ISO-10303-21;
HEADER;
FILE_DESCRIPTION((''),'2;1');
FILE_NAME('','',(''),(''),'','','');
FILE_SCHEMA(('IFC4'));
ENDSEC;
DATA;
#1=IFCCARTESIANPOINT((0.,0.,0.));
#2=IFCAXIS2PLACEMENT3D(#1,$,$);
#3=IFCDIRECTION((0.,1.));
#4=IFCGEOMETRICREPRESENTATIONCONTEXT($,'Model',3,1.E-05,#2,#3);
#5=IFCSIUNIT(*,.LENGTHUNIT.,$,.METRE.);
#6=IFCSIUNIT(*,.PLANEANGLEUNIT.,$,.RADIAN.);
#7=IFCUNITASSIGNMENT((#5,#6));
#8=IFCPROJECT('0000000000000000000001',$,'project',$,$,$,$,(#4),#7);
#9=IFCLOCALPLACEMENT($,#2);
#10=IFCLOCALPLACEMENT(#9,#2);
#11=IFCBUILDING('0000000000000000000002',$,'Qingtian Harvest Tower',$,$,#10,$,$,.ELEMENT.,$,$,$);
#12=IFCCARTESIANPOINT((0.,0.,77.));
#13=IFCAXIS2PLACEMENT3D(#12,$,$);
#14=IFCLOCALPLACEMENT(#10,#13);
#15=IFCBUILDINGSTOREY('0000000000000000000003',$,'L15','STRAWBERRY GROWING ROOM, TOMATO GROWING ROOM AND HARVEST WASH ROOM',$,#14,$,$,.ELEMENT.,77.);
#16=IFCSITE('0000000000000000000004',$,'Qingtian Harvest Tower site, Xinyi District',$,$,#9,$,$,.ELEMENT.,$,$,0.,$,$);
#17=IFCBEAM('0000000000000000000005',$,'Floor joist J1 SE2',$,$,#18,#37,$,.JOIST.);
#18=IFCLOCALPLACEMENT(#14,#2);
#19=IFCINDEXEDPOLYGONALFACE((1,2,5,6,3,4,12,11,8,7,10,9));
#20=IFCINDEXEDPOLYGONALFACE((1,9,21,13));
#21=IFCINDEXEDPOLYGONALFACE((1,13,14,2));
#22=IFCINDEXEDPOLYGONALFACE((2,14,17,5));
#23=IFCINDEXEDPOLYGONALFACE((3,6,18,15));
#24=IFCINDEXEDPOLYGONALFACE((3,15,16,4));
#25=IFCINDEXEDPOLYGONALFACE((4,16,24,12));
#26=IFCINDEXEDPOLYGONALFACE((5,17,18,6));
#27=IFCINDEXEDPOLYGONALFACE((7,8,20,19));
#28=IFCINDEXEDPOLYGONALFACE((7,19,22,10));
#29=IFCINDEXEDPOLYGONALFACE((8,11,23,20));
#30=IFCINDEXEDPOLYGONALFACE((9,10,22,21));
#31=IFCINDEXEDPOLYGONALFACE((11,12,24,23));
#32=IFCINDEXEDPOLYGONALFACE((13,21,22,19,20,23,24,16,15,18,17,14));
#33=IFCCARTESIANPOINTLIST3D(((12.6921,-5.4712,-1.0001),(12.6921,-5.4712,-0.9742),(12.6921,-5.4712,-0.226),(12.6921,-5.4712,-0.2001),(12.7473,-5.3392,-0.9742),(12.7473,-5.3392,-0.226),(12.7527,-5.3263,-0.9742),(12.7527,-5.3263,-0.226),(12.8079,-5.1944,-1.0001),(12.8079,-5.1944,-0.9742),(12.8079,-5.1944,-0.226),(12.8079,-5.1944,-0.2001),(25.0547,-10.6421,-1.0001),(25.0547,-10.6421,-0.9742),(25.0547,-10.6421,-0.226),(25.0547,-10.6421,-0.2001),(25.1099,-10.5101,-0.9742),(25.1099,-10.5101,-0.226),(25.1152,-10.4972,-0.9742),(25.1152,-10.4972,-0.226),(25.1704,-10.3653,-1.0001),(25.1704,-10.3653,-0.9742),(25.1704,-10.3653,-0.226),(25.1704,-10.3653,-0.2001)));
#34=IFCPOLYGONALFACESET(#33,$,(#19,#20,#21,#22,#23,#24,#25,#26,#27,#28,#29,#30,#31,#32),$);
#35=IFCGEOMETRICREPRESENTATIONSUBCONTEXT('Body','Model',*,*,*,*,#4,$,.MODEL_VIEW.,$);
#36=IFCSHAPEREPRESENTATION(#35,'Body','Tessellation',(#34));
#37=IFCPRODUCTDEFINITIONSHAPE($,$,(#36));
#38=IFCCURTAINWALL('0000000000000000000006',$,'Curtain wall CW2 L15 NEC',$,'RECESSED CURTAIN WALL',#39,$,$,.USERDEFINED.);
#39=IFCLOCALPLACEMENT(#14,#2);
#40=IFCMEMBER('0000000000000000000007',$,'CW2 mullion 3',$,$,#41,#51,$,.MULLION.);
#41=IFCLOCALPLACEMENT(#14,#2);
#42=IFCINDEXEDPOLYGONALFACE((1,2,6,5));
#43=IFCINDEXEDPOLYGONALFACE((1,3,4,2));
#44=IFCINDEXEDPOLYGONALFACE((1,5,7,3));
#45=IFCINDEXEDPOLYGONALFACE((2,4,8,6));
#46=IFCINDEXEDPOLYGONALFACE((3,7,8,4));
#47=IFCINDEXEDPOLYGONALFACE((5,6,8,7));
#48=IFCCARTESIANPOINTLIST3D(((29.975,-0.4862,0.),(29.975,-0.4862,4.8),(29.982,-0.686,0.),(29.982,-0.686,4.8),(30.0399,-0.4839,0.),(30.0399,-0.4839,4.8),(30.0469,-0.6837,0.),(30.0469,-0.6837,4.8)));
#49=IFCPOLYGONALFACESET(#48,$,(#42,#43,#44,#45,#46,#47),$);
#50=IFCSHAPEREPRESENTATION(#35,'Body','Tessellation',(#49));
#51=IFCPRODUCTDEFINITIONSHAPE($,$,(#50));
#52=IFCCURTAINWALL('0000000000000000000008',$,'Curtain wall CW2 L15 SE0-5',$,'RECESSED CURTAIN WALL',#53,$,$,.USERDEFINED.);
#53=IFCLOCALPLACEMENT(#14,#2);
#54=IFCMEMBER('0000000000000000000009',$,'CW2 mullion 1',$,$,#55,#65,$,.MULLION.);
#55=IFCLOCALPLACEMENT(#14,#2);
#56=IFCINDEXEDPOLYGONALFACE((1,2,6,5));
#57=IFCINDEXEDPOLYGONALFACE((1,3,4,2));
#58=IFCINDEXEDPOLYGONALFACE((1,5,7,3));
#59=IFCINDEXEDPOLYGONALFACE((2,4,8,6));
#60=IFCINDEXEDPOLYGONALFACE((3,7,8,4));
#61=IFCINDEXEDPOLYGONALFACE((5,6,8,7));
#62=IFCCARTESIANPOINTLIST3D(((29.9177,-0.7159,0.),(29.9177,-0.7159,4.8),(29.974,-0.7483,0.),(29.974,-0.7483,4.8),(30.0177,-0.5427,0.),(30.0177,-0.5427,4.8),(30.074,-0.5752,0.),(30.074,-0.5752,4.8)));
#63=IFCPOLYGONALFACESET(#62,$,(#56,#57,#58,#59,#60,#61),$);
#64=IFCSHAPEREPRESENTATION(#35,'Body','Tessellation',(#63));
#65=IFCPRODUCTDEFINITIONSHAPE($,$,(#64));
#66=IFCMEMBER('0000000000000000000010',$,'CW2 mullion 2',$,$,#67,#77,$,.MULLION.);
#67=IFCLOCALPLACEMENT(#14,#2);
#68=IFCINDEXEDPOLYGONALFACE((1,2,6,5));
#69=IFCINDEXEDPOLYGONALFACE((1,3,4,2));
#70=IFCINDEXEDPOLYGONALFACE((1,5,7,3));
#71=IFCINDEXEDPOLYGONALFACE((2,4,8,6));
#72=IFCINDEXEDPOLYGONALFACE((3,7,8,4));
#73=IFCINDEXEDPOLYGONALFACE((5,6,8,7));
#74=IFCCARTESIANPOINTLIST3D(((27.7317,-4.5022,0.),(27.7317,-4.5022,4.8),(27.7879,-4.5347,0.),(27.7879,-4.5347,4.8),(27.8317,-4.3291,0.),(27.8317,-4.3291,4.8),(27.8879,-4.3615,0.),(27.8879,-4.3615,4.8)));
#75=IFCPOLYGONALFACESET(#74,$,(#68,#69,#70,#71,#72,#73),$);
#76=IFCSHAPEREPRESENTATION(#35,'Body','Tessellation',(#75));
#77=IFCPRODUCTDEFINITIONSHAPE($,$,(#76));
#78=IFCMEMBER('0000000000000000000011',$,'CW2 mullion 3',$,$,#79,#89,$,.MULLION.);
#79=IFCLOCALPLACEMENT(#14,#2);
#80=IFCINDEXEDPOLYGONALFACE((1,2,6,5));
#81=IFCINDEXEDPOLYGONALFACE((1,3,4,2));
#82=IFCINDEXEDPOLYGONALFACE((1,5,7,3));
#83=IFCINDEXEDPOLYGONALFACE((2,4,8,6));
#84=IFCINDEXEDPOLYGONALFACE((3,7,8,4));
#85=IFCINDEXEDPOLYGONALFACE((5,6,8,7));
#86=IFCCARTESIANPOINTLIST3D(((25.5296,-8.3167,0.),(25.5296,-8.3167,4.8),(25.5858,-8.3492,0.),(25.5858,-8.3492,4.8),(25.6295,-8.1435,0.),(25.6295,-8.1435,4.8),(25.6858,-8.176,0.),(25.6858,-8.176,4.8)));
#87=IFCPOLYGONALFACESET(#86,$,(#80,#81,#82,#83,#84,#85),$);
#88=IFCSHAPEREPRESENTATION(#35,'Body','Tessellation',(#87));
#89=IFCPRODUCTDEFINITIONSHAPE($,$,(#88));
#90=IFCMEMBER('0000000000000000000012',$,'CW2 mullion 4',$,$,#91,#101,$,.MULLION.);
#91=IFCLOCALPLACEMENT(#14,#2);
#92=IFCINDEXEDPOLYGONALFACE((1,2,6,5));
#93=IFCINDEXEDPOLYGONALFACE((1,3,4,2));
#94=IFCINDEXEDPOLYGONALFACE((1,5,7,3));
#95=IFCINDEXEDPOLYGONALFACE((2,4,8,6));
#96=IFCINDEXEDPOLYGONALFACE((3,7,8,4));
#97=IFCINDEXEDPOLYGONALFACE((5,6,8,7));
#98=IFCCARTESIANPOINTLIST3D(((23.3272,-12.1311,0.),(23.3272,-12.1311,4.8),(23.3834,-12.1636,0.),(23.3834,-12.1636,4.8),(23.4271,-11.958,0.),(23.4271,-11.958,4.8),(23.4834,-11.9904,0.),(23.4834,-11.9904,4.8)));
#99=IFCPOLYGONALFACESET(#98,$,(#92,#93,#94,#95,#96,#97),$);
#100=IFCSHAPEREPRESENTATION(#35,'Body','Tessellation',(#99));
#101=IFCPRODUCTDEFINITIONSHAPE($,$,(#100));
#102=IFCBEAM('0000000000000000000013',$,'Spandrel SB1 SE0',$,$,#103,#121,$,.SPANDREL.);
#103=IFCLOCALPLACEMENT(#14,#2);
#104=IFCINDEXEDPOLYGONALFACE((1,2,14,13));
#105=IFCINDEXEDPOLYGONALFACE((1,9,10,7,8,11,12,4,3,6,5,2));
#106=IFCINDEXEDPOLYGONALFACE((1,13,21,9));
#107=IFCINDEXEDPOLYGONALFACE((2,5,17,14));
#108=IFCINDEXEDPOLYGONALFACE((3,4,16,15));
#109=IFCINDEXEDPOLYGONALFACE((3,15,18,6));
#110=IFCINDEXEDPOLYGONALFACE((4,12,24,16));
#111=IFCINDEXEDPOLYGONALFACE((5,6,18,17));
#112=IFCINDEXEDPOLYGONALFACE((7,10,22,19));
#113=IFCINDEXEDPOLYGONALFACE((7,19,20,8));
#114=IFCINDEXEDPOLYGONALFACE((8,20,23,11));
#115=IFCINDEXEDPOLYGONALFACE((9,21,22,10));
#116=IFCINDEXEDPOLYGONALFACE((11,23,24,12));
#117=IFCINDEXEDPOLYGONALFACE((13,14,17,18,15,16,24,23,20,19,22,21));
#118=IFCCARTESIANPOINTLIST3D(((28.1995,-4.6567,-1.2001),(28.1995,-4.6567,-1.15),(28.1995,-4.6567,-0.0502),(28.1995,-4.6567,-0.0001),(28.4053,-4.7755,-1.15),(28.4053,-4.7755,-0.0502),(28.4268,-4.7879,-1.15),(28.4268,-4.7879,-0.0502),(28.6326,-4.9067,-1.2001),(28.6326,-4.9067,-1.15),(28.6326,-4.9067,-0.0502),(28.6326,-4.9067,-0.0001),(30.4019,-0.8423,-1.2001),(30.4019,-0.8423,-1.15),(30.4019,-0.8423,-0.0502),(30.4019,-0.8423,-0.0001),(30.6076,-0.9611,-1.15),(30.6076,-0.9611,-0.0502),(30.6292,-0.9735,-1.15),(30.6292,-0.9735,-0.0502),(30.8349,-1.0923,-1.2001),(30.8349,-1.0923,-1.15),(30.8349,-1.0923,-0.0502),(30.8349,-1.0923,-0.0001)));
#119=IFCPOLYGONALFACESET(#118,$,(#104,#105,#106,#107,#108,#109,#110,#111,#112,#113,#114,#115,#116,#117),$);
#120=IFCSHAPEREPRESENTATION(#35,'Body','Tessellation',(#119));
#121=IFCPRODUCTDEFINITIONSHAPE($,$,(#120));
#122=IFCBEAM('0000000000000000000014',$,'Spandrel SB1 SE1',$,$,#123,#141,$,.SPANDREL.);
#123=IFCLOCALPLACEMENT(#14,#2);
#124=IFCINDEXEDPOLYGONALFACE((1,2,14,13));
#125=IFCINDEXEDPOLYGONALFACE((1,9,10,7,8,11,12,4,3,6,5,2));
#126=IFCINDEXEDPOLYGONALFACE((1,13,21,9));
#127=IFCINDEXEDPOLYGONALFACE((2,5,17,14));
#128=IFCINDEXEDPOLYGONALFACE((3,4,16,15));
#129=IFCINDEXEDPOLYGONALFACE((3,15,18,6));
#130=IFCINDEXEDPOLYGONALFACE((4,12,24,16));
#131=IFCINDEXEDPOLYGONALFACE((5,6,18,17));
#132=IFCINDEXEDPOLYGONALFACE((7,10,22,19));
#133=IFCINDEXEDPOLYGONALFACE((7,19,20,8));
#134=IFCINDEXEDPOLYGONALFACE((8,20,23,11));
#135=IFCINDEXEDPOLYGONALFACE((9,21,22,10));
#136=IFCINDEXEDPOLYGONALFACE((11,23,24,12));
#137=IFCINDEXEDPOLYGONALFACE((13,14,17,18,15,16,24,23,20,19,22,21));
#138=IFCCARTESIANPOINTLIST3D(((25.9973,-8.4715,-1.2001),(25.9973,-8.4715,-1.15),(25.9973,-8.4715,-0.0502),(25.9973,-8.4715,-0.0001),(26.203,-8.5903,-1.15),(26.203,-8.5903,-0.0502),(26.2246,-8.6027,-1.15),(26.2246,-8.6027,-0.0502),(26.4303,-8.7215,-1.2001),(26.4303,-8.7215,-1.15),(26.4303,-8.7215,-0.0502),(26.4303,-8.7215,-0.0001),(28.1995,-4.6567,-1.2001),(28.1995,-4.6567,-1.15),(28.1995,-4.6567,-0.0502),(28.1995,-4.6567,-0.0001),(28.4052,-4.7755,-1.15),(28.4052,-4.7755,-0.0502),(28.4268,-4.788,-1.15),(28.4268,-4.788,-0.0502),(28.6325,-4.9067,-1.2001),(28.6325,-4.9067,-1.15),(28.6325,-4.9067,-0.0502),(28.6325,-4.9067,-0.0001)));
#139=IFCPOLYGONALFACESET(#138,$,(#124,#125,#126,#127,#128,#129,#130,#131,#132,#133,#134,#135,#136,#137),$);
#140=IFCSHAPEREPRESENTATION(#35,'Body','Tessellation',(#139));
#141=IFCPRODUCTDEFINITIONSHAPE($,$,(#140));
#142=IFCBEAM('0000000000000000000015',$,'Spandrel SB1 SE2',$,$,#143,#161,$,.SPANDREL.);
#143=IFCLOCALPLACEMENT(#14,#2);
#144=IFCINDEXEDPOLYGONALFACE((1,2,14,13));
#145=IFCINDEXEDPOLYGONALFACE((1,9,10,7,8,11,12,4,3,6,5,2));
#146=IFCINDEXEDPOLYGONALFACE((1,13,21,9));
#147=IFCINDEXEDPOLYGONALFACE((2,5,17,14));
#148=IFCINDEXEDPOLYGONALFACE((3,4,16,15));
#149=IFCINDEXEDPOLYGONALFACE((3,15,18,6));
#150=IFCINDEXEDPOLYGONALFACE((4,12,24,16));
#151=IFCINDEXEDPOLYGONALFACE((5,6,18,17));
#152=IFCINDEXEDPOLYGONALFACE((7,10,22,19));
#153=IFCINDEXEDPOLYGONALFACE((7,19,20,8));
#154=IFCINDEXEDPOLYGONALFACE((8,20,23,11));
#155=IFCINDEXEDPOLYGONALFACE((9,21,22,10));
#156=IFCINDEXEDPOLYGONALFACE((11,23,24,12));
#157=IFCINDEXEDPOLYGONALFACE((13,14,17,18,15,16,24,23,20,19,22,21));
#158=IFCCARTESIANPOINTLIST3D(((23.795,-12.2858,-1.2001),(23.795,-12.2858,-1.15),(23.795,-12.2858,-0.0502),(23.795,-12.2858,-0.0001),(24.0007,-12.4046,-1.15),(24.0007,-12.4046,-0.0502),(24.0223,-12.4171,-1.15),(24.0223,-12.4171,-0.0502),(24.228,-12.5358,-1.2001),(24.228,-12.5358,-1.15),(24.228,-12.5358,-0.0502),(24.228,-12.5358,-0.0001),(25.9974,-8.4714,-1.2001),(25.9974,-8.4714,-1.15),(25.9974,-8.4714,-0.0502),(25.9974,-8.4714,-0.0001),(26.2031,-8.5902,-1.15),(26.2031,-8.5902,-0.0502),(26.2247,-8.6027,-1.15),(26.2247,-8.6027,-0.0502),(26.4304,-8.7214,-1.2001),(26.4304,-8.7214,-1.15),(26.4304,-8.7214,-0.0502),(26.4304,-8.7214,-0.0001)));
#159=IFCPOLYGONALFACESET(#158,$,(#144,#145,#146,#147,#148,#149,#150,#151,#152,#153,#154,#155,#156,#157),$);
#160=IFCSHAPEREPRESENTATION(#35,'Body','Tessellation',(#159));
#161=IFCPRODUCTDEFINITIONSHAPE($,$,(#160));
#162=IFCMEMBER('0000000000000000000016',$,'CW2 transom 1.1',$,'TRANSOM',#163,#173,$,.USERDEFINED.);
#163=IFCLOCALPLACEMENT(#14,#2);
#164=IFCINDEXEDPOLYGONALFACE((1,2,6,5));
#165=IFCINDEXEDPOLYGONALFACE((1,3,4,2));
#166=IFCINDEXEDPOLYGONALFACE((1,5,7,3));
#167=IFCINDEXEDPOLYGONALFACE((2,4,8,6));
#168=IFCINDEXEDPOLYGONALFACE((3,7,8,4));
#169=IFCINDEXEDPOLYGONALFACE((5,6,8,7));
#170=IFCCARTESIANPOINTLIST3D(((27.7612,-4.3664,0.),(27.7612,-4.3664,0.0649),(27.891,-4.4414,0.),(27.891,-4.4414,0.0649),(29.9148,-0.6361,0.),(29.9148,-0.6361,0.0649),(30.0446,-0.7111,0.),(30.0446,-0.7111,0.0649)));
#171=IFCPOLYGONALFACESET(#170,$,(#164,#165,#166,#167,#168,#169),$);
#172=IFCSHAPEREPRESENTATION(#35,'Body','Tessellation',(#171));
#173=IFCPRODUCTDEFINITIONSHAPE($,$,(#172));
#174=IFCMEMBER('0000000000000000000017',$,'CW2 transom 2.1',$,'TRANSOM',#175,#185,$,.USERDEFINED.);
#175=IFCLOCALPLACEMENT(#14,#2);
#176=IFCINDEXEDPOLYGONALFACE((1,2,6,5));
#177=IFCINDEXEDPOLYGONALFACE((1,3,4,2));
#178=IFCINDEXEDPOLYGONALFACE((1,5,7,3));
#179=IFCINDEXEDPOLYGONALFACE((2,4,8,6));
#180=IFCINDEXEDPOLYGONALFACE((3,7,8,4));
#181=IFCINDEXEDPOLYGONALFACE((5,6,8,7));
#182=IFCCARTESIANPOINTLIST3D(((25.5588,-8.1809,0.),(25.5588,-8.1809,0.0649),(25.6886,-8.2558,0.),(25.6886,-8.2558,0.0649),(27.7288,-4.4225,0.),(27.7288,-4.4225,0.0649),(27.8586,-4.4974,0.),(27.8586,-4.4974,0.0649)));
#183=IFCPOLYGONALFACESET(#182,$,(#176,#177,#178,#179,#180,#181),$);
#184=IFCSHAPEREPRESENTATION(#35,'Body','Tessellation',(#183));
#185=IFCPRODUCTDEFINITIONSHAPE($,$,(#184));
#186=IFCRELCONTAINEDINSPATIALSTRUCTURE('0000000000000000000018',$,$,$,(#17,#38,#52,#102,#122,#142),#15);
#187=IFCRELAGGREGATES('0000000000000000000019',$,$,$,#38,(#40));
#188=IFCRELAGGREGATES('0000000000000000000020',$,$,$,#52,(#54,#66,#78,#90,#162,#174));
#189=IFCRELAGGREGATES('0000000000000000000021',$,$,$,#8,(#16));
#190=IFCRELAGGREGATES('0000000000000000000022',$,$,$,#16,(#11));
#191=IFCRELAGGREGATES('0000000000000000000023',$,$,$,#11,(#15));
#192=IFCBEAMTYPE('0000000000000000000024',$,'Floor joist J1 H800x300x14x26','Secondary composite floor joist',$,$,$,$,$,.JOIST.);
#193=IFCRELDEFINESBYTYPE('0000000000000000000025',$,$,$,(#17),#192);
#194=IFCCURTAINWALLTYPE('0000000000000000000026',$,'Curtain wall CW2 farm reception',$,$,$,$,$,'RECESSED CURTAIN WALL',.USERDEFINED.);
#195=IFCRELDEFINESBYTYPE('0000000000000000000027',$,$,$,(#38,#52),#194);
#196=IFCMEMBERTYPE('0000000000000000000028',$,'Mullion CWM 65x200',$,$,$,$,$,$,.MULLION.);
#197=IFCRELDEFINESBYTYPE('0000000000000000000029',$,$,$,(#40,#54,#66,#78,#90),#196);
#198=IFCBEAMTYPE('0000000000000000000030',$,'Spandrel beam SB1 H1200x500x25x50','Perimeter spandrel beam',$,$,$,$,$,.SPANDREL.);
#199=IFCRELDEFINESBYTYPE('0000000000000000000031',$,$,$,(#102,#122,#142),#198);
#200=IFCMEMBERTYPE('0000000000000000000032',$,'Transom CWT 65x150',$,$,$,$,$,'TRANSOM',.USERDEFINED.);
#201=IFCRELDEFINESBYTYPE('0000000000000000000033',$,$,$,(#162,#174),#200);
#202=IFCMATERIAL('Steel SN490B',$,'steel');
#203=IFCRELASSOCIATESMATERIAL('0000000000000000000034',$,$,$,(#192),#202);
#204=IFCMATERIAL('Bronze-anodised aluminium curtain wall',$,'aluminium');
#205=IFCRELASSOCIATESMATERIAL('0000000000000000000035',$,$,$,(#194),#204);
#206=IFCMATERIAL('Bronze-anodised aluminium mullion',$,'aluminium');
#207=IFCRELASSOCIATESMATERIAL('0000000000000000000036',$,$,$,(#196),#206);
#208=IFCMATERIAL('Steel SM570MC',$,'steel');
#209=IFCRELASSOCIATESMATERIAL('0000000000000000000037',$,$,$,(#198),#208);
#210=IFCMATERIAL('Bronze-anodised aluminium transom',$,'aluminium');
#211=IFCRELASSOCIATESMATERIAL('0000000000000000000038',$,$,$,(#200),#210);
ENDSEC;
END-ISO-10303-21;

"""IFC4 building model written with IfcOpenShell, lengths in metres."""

from ifc_helpers import new_model, si_unit, direction, frame, origin, origin_2d, place, context, subcontext, project, spatial, rectangle, i_section, extrude, material, material_profile, profile_set, type_object, element, aggregate, save


model = new_model("IFC4")

# Units and contexts
model_context = context("Model", 3, precision=1e-05, world=origin(), true_north=direction((0.0, 1.0)))
body_context = subcontext(model_context, "Body", "Model", "MODEL_VIEW")
ifc_project = project(units=[si_unit("LENGTHUNIT", "METRE"), si_unit("PLANEANGLEUNIT", "RADIAN")], contexts=[model_context])

# Site, building, storey
site_placement = place(None, origin())
site = spatial("IfcSite", under=ifc_project, at=site_placement, Name="Qingtian Harvest Tower site, Xinyi District", CompositionType="ELEMENT", RefElevation=0.0)
building_placement = place(site_placement, origin())
building = spatial("IfcBuilding", under=site, at=building_placement, Name="Qingtian Harvest Tower", CompositionType="ELEMENT")
storey_placement = place(building_placement, frame((0.0, 0.0, 77.0)))
storey = spatial("IfcBuildingStorey", under=building, at=storey_placement, Name="L15", Description="STRAWBERRY GROWING ROOM, TOMATO GROWING ROOM AND HARVEST WASH ROOM", CompositionType="ELEMENT", Elevation=77.0)

# Beam
ifc_material_1 = material(Name="Steel SN490B", Category="steel")
ifc_material_profile_1 = material_profile(ifc_material_1, i_section(OverallWidth=0.3, OverallDepth=0.8, WebThickness=0.0139, FlangeThickness=0.0259, at=origin_2d()), Name="H800x300x14x26")
ifc_profile_set_1 = profile_set([ifc_material_profile_1], Name="Steel SN490B")
beam_type_1 = type_object("IfcBeamType", Name="Floor joist J1 H800x300x14x26", Description="Secondary composite floor joist", PredefinedType="JOIST", material=ifc_profile_set_1)
beam_1_placement = place(storey_placement, frame((25.1125, -10.5037, -0.6001), z_axis=(-0.922551, 0.385876, 0.0), x_axis=(-0.385876, -0.922551, 0.0)))
element("IfcBeam", 1, at=beam_1_placement, inside=storey, type_object=beam_type_1, Name="Floor joist J1 SE2", PredefinedType="JOIST", context=body_context, shape_type="SweptSolid", body=[
    extrude(i_section(OverallWidth=0.3, OverallDepth=0.8, WebThickness=0.0139, FlangeThickness=0.0259, at=origin_2d()), origin(), (0.0, 0.0, 1.0), 13.4004),
])

# Curtain wall, member
ifc_material_2 = material(Name="Bronze-anodised aluminium curtain wall", Category="aluminium")
curtain_wall_type = type_object("IfcCurtainWallType", Name="Curtain wall CW2 farm reception", ElementType="RECESSED CURTAIN WALL", PredefinedType="USERDEFINED", material=ifc_material_2)
curtain_wall_1_placement = place(storey_placement, origin())
curtain_wall_1 = element("IfcCurtainWall", 2, at=curtain_wall_1_placement, inside=storey, type_object=curtain_wall_type, Name="Curtain wall CW2 L15 NEC", ObjectType="RECESSED CURTAIN WALL", PredefinedType="USERDEFINED")
ifc_material_3 = material(Name="Bronze-anodised aluminium mullion", Category="aluminium")
ifc_material_profile_2 = material_profile(ifc_material_3, rectangle(XDim=0.0649, YDim=0.2, at=origin_2d()), Name="AL 65x200")
ifc_profile_set_2 = profile_set([ifc_material_profile_2], Name="Bronze-anodised aluminium mullion")
member_type_1 = type_object("IfcMemberType", Name="Mullion CWM 65x200", PredefinedType="MULLION", material=ifc_profile_set_2)
member_1_placement = place(storey_placement, frame((30.011, -0.585, 0.0), z_axis=(0.0, 0.0, 1.0), x_axis=(0.999391, 0.034899, 0.0)))
member_1 = element("IfcMember", 3, at=member_1_placement, type_object=member_type_1, Name="CW2 mullion 3", PredefinedType="MULLION", context=body_context, shape_type="SweptSolid", body=[
    extrude(rectangle(XDim=0.0649, YDim=0.2, at=origin_2d()), origin(), (0.0, 0.0, 1.0), 4.8),
])
aggregate(curtain_wall_1, [member_1])

# Curtain wall, members
curtain_wall_2_placement = place(storey_placement, origin())
curtain_wall_2 = element("IfcCurtainWall", 4, at=curtain_wall_2_placement, inside=storey, type_object=curtain_wall_type, Name="Curtain wall CW2 L15 SE0-5", ObjectType="RECESSED CURTAIN WALL", PredefinedType="USERDEFINED")
member_2_placement = place(storey_placement, frame((29.9958, -0.6455, 0.0), z_axis=(0.0, 0.0, 1.0), x_axis=(0.866025, -0.5, 0.0)))
member_2 = element("IfcMember", 5, at=member_2_placement, type_object=member_type_1, Name="CW2 mullion 1", PredefinedType="MULLION", context=body_context, shape_type="SweptSolid", body=[
    extrude(rectangle(XDim=0.0649, YDim=0.2, at=origin_2d()), origin(), (0.0, 0.0, 1.0), 4.8),
])
member_3_placement = place(storey_placement, frame((27.8098, -4.4319, 0.0), z_axis=(0.0, 0.0, 1.0), x_axis=(0.866025, -0.5, 0.0)))
member_3 = element("IfcMember", 6, at=member_3_placement, type_object=member_type_1, Name="CW2 mullion 2", PredefinedType="MULLION", context=body_context, shape_type="SweptSolid", body=[
    extrude(rectangle(XDim=0.0649, YDim=0.2, at=origin_2d()), origin(), (0.0, 0.0, 1.0), 4.8),
])
member_4_placement = place(storey_placement, frame((25.6077, -8.2463, 0.0), z_axis=(0.0, 0.0, 1.0), x_axis=(0.866025, -0.5, 0.0)))
member_4 = element("IfcMember", 7, at=member_4_placement, type_object=member_type_1, Name="CW2 mullion 3", PredefinedType="MULLION", context=body_context, shape_type="SweptSolid", body=[
    extrude(rectangle(XDim=0.0649, YDim=0.2, at=origin_2d()), origin(), (0.0, 0.0, 1.0), 4.8),
])
member_5_placement = place(storey_placement, frame((23.4053, -12.0608, 0.0), z_axis=(0.0, 0.0, 1.0), x_axis=(0.866025, -0.5, 0.0)))
member_5 = element("IfcMember", 8, at=member_5_placement, type_object=member_type_1, Name="CW2 mullion 4", PredefinedType="MULLION", context=body_context, shape_type="SweptSolid", body=[
    extrude(rectangle(XDim=0.0649, YDim=0.2, at=origin_2d()), origin(), (0.0, 0.0, 1.0), 4.8),
])

# Beams
ifc_material_4 = material(Name="Steel SM570MC", Category="steel")
ifc_material_profile_3 = material_profile(ifc_material_4, i_section(OverallWidth=0.5, OverallDepth=1.2, WebThickness=0.0249, FlangeThickness=0.05, at=origin_2d()), Name="H1200x500x25x50")
ifc_profile_set_3 = profile_set([ifc_material_profile_3], Name="Steel SM570MC")
beam_type_2 = type_object("IfcBeamType", Name="Spandrel beam SB1 H1200x500x25x50", Description="Perimeter spandrel beam", PredefinedType="SPANDREL", material=ifc_profile_set_3)
beam_2_placement = place(storey_placement, frame((30.6184, -0.9673, -0.6001), z_axis=(-0.50002, -0.866014, 0.0), x_axis=(0.866014, -0.50002, 0.0)))
element("IfcBeam", 9, at=beam_2_placement, inside=storey, type_object=beam_type_2, Name="Spandrel SB1 SE0", PredefinedType="SPANDREL", context=body_context, shape_type="SweptSolid", body=[
    extrude(i_section(OverallWidth=0.5, OverallDepth=1.2, WebThickness=0.0249, FlangeThickness=0.05, at=origin_2d()), origin(), (0.0, 0.0, 1.0), 4.4045),
])
beam_3_placement = place(storey_placement, frame((28.416, -4.7817, -0.6001), z_axis=(-0.499954, -0.866052, 0.0), x_axis=(0.866052, -0.499954, 0.0)))
element("IfcBeam", 10, at=beam_3_placement, inside=storey, type_object=beam_type_2, Name="Spandrel SB1 SE1", PredefinedType="SPANDREL", context=body_context, shape_type="SweptSolid", body=[
    extrude(i_section(OverallWidth=0.5, OverallDepth=1.2, WebThickness=0.0249, FlangeThickness=0.05, at=origin_2d()), origin(), (0.0, 0.0, 1.0), 4.4048),
])
beam_4_placement = place(storey_placement, frame((26.2139, -8.5964, -0.6001), z_axis=(-0.50002, -0.866014, 0.0), x_axis=(0.866014, -0.50002, 0.0)))
element("IfcBeam", 11, at=beam_4_placement, inside=storey, type_object=beam_type_2, Name="Spandrel SB1 SE2", PredefinedType="SPANDREL", context=body_context, shape_type="SweptSolid", body=[
    extrude(i_section(OverallWidth=0.5, OverallDepth=1.2, WebThickness=0.0249, FlangeThickness=0.05, at=origin_2d()), origin(), (0.0, 0.0, 1.0), 4.4045),
])

# Members
ifc_material_5 = material(Name="Bronze-anodised aluminium transom", Category="aluminium")
ifc_material_profile_4 = material_profile(ifc_material_5, rectangle(XDim=0.1499, YDim=0.0649, at=origin_2d()), Name="AL 65x150")
ifc_profile_set_4 = profile_set([ifc_material_profile_4], Name="Bronze-anodised aluminium transom")
member_type_2 = type_object("IfcMemberType", Name="Transom CWT 65x150", ElementType="TRANSOM", PredefinedType="USERDEFINED", material=ifc_profile_set_4)
member_6_placement = place(storey_placement, frame((29.9797, -0.6736, 0.0325), z_axis=(-0.499986, -0.866034, 0.0), x_axis=(0.866034, -0.499986, 0.0)))
member_6 = element("IfcMember", 12, at=member_6_placement, type_object=member_type_2, Name="CW2 transom 1.1", ObjectType="TRANSOM", PredefinedType="USERDEFINED", context=body_context, shape_type="SweptSolid", body=[
    extrude(rectangle(XDim=0.1499, YDim=0.0649, at=origin_2d()), origin(), (0.0, 0.0, 1.0), 4.3074),
])
member_7_placement = place(storey_placement, frame((27.7937, -4.46, 0.0325), z_axis=(-0.500011, -0.866019, 0.0), x_axis=(0.866019, -0.500011, 0.0)))
member_7 = element("IfcMember", 13, at=member_7_placement, type_object=member_type_2, Name="CW2 transom 2.1", ObjectType="TRANSOM", PredefinedType="USERDEFINED", context=body_context, shape_type="SweptSolid", body=[
    extrude(rectangle(XDim=0.1499, YDim=0.0649, at=origin_2d()), origin(), (0.0, 0.0, 1.0), 4.3398),
])

aggregate(curtain_wall_2, [member_2, member_3, member_4, member_5, member_6, member_7])

save(model, "model.ifc")
